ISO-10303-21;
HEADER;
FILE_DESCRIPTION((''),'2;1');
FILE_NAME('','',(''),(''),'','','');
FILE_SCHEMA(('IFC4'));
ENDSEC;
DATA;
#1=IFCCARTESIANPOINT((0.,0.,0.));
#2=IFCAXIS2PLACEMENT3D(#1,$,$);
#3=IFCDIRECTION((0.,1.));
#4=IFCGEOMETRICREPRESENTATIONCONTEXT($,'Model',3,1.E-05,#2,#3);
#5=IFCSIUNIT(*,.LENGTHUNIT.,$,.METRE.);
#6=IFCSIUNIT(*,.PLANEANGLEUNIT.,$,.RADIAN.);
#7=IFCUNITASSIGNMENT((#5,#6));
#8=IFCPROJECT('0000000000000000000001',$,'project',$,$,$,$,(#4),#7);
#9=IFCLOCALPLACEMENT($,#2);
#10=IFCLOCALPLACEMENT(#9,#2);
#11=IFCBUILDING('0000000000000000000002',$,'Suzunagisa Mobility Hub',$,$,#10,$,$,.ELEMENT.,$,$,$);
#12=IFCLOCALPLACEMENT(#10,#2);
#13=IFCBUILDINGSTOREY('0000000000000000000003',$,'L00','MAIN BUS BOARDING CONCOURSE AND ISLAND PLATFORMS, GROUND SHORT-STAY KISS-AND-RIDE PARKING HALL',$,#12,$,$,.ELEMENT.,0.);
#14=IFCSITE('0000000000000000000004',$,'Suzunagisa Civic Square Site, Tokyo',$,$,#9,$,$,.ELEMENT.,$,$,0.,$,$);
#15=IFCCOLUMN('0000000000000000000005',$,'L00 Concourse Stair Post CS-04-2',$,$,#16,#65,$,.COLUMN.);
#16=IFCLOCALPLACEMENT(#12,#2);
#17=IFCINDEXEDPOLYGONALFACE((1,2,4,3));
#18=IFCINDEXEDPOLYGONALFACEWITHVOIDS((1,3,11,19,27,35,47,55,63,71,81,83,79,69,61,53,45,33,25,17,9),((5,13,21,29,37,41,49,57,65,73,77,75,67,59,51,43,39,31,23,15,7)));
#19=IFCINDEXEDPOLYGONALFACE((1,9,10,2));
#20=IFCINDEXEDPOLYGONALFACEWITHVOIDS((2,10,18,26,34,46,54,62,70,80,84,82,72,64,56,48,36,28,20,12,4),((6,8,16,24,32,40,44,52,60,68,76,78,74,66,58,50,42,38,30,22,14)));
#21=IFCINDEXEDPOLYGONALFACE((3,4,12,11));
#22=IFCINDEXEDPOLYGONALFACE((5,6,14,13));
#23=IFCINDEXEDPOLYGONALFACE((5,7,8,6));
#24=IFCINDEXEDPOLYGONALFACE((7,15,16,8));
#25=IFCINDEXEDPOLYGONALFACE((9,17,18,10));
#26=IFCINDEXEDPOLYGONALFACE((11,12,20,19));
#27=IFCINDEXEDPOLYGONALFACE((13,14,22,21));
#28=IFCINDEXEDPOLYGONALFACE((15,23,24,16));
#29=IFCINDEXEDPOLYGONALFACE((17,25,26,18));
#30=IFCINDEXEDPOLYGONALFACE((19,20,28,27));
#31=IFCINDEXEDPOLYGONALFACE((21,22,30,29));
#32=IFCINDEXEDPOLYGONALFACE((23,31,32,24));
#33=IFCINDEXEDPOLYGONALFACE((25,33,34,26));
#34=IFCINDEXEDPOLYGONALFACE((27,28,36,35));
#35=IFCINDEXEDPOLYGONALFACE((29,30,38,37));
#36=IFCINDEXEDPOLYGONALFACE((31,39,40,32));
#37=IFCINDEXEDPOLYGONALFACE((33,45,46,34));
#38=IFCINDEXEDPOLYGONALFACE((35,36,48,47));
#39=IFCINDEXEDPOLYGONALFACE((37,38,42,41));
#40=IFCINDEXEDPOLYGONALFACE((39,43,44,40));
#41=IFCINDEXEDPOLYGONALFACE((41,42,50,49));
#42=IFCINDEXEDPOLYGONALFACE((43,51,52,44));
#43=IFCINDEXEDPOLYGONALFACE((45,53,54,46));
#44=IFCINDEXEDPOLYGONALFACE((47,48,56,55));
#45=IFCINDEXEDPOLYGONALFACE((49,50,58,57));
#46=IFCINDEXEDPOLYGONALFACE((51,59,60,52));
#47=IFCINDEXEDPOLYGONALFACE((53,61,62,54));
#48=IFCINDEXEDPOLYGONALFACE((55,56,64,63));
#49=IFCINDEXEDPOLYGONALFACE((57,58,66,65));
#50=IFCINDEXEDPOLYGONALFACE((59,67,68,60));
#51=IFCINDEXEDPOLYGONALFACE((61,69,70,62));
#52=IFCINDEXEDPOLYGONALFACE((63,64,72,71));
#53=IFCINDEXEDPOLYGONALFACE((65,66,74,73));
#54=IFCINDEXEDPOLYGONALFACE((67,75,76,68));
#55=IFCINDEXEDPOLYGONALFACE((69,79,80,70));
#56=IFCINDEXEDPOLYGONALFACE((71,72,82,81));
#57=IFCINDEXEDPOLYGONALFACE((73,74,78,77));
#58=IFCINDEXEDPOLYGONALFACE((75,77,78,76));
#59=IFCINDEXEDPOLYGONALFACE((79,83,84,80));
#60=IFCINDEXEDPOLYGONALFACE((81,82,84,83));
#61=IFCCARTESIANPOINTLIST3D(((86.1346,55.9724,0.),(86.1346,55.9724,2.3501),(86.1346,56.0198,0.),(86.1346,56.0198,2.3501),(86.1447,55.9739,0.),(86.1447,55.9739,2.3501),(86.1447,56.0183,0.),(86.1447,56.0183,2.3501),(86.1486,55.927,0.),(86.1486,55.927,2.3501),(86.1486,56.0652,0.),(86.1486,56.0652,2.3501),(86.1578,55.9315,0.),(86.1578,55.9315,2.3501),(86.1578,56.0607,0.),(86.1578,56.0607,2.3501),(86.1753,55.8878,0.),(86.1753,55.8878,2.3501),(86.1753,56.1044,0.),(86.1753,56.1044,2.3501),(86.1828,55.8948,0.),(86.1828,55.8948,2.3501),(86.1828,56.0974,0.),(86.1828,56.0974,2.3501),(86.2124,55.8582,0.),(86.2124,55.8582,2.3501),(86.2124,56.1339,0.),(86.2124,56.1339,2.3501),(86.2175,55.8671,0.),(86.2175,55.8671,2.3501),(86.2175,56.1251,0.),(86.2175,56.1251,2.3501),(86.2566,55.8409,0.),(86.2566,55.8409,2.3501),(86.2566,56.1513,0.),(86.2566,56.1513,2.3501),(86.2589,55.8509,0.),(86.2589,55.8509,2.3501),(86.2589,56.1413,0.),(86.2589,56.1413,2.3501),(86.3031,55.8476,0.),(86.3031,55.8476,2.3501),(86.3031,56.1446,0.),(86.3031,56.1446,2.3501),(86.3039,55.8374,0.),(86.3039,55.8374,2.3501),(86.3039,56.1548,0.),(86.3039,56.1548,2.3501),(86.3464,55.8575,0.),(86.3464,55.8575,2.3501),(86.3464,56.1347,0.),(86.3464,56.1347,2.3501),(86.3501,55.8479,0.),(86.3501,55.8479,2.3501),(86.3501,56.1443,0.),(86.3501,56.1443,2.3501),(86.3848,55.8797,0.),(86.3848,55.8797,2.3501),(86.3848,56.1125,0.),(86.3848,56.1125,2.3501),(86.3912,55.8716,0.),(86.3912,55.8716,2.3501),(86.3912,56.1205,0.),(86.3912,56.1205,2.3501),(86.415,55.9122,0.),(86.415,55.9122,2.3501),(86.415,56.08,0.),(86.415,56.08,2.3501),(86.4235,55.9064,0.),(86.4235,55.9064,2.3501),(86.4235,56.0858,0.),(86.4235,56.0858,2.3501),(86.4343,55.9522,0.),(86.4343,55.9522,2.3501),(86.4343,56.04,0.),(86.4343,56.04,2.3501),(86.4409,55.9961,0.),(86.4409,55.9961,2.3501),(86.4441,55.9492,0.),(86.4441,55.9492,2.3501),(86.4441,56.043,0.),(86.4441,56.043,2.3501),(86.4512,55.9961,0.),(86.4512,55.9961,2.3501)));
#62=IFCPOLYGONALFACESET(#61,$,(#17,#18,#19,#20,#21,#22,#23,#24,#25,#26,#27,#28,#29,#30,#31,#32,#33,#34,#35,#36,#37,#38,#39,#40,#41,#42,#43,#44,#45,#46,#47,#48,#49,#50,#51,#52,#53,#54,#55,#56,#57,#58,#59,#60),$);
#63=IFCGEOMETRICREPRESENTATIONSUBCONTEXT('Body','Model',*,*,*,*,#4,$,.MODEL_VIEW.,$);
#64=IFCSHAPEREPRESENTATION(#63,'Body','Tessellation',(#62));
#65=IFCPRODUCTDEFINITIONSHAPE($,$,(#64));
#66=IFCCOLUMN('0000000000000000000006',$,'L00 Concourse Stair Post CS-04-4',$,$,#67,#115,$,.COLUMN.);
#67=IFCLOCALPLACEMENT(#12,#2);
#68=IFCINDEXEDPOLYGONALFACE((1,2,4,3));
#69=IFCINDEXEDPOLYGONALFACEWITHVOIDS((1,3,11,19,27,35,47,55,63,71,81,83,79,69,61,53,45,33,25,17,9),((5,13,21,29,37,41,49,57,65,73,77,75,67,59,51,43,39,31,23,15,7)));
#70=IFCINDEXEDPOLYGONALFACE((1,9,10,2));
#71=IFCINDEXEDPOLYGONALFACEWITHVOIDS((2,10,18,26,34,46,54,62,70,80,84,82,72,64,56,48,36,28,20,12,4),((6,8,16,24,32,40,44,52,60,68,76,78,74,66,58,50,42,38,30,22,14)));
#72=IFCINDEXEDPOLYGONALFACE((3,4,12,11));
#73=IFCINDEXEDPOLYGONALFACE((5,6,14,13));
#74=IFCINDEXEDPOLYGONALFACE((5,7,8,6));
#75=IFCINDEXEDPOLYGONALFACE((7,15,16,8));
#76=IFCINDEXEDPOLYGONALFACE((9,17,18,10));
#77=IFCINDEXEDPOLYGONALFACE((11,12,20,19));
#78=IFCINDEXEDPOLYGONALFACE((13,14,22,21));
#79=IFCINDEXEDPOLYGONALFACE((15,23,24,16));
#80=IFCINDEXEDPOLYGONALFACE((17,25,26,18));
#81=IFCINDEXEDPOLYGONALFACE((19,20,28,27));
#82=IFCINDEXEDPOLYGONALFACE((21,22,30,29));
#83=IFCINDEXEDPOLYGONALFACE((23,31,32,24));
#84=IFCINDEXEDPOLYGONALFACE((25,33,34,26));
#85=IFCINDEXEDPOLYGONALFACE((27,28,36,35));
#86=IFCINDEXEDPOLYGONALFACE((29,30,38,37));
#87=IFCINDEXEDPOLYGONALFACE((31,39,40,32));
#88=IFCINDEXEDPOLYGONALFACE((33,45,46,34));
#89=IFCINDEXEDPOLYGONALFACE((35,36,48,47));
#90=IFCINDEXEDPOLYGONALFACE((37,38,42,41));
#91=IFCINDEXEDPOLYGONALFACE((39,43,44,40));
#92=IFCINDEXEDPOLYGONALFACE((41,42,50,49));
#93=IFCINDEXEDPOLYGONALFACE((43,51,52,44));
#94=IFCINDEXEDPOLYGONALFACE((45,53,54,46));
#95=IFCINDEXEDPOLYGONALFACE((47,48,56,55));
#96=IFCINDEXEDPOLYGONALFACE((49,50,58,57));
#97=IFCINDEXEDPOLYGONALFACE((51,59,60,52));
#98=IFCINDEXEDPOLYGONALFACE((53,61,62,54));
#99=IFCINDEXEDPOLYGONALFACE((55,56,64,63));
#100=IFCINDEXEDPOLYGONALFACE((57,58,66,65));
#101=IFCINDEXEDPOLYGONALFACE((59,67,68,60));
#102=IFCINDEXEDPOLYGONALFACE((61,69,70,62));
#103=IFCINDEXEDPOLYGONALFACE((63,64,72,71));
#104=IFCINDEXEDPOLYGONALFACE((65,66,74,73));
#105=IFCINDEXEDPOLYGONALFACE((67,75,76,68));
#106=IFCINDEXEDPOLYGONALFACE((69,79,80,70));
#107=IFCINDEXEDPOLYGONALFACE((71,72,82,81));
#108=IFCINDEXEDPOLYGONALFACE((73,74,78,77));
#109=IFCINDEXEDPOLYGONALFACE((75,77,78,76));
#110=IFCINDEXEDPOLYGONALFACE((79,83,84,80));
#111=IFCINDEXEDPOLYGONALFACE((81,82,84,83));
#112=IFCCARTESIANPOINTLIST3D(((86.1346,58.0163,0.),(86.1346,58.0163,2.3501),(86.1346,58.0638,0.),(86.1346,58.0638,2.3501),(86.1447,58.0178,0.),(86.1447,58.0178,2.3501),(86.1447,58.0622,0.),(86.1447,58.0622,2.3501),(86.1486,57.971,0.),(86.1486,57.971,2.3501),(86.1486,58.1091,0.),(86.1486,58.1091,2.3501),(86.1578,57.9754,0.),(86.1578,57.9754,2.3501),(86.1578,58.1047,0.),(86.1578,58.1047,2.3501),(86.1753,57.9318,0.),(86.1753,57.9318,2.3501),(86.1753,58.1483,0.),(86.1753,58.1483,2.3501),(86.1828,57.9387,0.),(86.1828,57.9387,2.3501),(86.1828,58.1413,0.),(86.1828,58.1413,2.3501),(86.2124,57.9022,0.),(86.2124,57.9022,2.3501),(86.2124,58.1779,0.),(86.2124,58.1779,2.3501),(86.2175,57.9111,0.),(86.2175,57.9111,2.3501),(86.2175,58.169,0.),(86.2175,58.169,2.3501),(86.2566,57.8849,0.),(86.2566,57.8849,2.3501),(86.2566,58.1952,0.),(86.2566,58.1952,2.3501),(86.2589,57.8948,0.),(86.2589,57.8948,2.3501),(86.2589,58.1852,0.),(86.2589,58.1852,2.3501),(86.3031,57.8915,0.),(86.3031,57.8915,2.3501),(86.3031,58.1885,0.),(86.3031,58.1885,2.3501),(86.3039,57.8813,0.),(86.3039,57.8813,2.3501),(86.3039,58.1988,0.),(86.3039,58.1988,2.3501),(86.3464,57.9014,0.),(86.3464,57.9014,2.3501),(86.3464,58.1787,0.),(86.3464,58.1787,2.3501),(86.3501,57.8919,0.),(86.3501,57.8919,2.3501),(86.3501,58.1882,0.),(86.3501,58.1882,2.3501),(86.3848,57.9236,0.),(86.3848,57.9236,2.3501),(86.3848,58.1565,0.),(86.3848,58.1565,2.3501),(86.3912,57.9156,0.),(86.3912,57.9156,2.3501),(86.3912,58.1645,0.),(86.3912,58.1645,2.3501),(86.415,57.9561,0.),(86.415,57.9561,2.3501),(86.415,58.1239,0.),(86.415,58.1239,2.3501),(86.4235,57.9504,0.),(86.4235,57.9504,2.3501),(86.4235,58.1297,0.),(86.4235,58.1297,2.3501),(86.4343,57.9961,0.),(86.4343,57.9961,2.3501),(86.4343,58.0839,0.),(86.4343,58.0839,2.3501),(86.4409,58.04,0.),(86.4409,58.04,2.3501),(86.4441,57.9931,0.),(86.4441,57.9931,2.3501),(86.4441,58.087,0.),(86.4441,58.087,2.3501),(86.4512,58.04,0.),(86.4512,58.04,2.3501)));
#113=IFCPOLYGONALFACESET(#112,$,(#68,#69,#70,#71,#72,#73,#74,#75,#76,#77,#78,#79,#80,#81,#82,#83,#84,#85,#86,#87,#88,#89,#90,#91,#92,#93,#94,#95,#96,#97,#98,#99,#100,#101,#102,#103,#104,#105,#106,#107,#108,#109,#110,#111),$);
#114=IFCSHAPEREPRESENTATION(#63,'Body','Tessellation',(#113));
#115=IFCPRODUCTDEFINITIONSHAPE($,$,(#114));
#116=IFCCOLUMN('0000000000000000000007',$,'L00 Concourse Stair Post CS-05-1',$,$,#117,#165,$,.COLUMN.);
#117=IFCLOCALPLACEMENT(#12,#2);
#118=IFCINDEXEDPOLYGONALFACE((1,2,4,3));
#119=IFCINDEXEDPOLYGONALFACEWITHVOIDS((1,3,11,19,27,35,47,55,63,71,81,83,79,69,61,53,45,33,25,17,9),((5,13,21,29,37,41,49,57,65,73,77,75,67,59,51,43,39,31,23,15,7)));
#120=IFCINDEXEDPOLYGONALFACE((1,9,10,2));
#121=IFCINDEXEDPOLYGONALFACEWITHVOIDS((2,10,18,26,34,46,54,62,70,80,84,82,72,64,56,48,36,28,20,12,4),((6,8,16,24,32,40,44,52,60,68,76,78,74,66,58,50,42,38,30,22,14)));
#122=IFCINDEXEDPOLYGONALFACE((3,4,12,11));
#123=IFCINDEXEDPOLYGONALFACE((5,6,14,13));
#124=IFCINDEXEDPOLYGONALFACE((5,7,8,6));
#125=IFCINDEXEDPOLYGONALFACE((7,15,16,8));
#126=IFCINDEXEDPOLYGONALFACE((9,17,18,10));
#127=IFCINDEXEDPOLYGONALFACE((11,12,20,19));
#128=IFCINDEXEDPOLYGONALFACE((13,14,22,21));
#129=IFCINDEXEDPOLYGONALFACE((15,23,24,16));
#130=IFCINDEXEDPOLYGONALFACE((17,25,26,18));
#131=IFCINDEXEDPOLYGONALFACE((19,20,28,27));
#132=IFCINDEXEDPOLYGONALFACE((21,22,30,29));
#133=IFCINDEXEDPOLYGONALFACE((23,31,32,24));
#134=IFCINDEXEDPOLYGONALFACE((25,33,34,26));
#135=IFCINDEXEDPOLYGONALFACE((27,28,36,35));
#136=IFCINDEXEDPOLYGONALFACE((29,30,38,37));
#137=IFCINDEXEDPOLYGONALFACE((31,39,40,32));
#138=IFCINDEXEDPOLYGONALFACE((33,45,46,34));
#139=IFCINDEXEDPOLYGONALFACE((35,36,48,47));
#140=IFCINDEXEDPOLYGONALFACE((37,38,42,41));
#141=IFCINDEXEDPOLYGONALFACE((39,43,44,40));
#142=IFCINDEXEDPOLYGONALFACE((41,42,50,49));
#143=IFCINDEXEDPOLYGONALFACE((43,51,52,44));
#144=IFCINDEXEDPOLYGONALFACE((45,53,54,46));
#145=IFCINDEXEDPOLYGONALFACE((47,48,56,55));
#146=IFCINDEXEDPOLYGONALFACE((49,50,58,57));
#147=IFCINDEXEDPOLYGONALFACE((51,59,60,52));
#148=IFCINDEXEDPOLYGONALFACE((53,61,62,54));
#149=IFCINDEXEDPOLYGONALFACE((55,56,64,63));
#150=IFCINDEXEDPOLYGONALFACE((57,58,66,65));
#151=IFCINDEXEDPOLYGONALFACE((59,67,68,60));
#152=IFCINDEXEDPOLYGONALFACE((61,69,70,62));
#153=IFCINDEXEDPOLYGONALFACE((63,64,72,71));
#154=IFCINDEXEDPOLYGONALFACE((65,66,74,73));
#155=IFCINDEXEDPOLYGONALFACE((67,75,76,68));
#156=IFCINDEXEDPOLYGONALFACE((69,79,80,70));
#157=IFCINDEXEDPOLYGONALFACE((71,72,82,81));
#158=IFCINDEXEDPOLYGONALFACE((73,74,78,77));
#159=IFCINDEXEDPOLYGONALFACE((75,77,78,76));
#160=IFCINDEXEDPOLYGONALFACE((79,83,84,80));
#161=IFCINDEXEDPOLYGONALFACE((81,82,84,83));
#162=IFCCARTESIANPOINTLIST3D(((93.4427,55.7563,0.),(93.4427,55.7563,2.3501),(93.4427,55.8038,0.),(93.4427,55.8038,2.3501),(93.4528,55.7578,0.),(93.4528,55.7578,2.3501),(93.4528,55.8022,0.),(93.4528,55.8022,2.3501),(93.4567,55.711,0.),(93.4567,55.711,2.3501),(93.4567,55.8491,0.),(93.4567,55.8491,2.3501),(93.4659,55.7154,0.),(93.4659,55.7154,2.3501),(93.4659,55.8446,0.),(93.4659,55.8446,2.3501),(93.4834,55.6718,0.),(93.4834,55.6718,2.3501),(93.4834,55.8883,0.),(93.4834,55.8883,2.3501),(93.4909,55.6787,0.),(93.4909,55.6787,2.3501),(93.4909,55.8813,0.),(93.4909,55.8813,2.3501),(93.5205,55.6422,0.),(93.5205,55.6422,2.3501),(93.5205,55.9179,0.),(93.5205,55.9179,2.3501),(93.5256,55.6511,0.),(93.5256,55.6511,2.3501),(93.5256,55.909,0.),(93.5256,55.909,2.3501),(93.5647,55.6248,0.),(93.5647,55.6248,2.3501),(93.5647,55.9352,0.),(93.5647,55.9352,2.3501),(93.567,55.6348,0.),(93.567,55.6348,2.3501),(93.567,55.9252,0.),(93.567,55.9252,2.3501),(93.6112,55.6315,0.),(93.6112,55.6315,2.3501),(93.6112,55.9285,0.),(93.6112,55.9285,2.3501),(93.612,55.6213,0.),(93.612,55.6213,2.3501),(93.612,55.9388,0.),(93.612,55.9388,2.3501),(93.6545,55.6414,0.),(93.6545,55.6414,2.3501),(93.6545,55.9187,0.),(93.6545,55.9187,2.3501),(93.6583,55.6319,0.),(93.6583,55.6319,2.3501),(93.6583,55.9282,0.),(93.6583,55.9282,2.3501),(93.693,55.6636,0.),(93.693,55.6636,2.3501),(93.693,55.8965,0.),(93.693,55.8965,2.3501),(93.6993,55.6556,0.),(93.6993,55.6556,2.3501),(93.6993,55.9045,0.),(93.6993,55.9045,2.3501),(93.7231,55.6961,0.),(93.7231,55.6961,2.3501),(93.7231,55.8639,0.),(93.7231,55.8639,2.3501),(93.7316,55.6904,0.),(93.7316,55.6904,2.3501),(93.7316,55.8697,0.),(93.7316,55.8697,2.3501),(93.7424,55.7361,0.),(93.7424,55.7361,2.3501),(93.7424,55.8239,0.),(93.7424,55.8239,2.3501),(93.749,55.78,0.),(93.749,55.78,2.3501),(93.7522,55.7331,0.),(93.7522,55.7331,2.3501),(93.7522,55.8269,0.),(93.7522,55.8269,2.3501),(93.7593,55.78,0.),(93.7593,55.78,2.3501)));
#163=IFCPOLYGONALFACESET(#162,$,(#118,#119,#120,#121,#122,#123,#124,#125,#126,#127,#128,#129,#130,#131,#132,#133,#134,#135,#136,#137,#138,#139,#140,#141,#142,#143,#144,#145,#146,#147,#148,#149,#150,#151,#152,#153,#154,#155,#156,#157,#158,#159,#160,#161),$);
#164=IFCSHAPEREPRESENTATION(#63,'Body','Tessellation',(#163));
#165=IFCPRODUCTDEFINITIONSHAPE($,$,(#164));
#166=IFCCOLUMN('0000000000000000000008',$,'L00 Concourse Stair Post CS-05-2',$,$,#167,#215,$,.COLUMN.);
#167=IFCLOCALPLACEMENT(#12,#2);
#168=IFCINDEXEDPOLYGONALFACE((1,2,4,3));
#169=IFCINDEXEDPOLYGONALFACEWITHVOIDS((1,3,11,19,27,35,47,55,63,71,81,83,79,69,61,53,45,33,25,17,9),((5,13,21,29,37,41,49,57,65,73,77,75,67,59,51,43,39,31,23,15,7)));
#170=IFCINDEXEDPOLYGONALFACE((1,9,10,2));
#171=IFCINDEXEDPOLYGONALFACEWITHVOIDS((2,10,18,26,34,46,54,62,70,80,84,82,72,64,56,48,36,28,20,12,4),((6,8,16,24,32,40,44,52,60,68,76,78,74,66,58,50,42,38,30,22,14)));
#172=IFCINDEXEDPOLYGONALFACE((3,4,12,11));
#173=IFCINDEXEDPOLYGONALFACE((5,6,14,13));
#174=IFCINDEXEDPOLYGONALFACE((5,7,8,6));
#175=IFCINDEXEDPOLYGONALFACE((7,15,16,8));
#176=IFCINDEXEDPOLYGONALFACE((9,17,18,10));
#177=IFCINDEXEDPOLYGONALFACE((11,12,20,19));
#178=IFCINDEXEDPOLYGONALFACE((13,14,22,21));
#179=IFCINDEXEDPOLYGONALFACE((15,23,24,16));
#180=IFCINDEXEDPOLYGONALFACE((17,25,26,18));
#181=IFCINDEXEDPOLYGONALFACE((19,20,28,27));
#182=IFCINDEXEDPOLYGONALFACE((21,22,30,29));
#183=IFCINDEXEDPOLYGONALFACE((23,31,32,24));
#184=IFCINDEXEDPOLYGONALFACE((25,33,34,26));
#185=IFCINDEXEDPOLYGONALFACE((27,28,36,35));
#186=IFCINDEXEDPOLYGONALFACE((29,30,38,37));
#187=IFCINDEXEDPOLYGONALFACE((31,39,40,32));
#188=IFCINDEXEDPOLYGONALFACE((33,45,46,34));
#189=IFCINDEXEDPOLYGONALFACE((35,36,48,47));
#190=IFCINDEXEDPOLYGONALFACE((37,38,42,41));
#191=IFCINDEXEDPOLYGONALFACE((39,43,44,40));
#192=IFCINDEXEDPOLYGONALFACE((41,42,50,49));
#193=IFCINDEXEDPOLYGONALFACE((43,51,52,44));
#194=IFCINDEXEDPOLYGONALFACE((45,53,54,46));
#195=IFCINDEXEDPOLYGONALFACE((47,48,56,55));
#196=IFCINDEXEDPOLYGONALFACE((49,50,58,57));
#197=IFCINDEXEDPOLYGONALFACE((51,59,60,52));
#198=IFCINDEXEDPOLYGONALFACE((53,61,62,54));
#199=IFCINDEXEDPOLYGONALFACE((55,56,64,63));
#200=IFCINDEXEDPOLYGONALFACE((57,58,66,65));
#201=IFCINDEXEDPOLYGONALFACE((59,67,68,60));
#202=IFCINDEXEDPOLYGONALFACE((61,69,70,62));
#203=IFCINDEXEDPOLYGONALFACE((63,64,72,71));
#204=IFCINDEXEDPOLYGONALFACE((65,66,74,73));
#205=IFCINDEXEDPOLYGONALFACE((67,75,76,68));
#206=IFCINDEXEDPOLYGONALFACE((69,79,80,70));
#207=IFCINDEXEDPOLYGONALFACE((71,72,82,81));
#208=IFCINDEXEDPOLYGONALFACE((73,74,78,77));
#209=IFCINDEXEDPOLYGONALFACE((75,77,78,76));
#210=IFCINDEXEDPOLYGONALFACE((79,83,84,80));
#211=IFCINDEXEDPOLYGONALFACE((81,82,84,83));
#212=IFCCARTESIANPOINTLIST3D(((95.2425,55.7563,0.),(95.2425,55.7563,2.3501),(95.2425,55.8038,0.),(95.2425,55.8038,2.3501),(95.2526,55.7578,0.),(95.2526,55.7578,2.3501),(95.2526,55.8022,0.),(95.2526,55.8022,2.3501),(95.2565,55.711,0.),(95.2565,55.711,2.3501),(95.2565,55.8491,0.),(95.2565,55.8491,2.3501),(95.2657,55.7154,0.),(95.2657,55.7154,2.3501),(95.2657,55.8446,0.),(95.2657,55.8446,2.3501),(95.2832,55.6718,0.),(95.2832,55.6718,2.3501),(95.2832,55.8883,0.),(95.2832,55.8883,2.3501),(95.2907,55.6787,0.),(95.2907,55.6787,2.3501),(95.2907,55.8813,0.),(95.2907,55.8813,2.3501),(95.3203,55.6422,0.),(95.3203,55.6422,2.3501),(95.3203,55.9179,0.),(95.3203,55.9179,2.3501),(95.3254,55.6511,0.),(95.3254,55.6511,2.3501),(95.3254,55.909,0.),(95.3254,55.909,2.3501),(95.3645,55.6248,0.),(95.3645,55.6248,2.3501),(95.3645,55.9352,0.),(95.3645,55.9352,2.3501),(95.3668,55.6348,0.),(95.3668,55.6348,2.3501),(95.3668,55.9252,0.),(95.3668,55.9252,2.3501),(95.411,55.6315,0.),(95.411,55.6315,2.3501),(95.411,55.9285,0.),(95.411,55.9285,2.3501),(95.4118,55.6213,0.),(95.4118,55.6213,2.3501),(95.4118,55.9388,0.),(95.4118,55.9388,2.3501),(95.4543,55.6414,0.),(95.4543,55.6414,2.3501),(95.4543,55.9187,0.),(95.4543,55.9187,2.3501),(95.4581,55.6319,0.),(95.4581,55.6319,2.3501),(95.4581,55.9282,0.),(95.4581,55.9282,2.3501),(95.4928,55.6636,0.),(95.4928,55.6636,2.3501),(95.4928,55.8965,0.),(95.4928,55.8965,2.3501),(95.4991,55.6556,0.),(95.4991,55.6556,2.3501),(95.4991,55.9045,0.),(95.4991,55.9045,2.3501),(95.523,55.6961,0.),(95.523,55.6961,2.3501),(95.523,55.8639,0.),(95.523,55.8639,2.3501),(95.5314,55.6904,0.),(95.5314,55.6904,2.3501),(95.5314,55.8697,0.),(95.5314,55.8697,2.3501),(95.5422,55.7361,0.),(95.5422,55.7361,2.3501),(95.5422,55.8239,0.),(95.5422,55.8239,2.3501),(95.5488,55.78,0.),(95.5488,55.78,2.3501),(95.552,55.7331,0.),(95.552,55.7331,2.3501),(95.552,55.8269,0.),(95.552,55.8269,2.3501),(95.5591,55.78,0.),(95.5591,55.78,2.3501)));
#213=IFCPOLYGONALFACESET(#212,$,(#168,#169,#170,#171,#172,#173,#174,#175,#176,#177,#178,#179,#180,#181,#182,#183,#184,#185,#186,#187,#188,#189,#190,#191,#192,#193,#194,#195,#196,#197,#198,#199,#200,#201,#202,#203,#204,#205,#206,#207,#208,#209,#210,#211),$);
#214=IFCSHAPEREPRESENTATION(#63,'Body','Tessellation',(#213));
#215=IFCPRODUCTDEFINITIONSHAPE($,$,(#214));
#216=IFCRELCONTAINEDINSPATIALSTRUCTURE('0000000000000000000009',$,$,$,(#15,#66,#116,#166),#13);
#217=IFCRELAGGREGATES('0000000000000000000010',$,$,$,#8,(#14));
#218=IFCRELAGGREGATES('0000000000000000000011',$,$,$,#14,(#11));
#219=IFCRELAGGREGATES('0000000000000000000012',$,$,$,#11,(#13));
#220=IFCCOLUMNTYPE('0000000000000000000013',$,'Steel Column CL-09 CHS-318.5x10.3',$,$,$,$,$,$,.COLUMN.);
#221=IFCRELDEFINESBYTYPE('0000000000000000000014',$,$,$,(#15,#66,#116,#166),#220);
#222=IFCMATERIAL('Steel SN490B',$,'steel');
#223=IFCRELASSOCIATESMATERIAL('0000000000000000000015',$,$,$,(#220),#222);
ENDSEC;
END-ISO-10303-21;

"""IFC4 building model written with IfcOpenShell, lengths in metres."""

from ifc_helpers import new_model, si_unit, direction, frame, origin, origin_2d, place, context, subcontext, project, spatial, hollow_circle, extrude, material, material_profile, profile_set, type_object, element, save


model = new_model("IFC4")

# Units and contexts
model_context = context("Model", 3, precision=1e-05, world=origin(), true_north=direction((0.0, 1.0)))
body_context = subcontext(model_context, "Body", "Model", "MODEL_VIEW")
ifc_project = project(units=[si_unit("LENGTHUNIT", "METRE"), si_unit("PLANEANGLEUNIT", "RADIAN")], contexts=[model_context])

# Site, building, storey
site_placement = place(None, origin())
site = spatial("IfcSite", under=ifc_project, at=site_placement, Name="Suzunagisa Civic Square Site, Tokyo", CompositionType="ELEMENT", RefElevation=0.0)
building_placement = place(site_placement, origin())
building = spatial("IfcBuilding", under=site, at=building_placement, Name="Suzunagisa Mobility Hub", CompositionType="ELEMENT")
storey_placement = place(building_placement, origin())
storey = spatial("IfcBuildingStorey", under=building, at=storey_placement, Name="L00", Description="MAIN BUS BOARDING CONCOURSE AND ISLAND PLATFORMS, GROUND SHORT-STAY KISS-AND-RIDE PARKING HALL", CompositionType="ELEMENT", Elevation=0.0)

# Columns
ifc_material_1 = material(Name="Steel SN490B", Category="steel")
ifc_material_profile_1 = material_profile(ifc_material_1, hollow_circle(Radius=0.1592, WallThickness=0.0103, at=origin_2d()), Name="CHS-318.5x10.3")
ifc_profile_set_1 = profile_set([ifc_material_profile_1], Name="Steel SN490B")
column_type_1 = type_object("IfcColumnType", Name="Steel Column CL-09 CHS-318.5x10.3", PredefinedType="COLUMN", material=ifc_profile_set_1)
for number, where, z_axis, x_axis, name in (
    (1, (86.292, 55.9961, 0.0), (0.0, 0.0, 1.0), (1.0, 0.0, 0.0), "L00 Concourse Stair Post CS-04-2"),
    (2, (86.292, 58.04, 0.0), (0.0, 0.0, 1.0), (1.0, 0.0, 0.0), "L00 Concourse Stair Post CS-04-4"),
    (3, (93.6001, 55.78, 0.0), (0.0, 0.0, 1.0), (1.0, 0.0, 0.0), "L00 Concourse Stair Post CS-05-1"),
    (4, (95.3999, 55.78, 0.0), (0.0, 0.0, 1.0), (1.0, 0.0, 0.0), "L00 Concourse Stair Post CS-05-2"),
):
    element("IfcColumn", number, at=place(storey_placement, frame(where, z_axis=z_axis, x_axis=x_axis)), inside=storey, type_object=column_type_1, Name=name, PredefinedType="COLUMN", context=body_context, shape_type="SweptSolid", body=[
        extrude(hollow_circle(Radius=0.1592, WallThickness=0.0103, at=origin_2d()), origin(), (0.0, 0.0, 1.0), 2.3501),
    ])

save(model, "model.ifc")
